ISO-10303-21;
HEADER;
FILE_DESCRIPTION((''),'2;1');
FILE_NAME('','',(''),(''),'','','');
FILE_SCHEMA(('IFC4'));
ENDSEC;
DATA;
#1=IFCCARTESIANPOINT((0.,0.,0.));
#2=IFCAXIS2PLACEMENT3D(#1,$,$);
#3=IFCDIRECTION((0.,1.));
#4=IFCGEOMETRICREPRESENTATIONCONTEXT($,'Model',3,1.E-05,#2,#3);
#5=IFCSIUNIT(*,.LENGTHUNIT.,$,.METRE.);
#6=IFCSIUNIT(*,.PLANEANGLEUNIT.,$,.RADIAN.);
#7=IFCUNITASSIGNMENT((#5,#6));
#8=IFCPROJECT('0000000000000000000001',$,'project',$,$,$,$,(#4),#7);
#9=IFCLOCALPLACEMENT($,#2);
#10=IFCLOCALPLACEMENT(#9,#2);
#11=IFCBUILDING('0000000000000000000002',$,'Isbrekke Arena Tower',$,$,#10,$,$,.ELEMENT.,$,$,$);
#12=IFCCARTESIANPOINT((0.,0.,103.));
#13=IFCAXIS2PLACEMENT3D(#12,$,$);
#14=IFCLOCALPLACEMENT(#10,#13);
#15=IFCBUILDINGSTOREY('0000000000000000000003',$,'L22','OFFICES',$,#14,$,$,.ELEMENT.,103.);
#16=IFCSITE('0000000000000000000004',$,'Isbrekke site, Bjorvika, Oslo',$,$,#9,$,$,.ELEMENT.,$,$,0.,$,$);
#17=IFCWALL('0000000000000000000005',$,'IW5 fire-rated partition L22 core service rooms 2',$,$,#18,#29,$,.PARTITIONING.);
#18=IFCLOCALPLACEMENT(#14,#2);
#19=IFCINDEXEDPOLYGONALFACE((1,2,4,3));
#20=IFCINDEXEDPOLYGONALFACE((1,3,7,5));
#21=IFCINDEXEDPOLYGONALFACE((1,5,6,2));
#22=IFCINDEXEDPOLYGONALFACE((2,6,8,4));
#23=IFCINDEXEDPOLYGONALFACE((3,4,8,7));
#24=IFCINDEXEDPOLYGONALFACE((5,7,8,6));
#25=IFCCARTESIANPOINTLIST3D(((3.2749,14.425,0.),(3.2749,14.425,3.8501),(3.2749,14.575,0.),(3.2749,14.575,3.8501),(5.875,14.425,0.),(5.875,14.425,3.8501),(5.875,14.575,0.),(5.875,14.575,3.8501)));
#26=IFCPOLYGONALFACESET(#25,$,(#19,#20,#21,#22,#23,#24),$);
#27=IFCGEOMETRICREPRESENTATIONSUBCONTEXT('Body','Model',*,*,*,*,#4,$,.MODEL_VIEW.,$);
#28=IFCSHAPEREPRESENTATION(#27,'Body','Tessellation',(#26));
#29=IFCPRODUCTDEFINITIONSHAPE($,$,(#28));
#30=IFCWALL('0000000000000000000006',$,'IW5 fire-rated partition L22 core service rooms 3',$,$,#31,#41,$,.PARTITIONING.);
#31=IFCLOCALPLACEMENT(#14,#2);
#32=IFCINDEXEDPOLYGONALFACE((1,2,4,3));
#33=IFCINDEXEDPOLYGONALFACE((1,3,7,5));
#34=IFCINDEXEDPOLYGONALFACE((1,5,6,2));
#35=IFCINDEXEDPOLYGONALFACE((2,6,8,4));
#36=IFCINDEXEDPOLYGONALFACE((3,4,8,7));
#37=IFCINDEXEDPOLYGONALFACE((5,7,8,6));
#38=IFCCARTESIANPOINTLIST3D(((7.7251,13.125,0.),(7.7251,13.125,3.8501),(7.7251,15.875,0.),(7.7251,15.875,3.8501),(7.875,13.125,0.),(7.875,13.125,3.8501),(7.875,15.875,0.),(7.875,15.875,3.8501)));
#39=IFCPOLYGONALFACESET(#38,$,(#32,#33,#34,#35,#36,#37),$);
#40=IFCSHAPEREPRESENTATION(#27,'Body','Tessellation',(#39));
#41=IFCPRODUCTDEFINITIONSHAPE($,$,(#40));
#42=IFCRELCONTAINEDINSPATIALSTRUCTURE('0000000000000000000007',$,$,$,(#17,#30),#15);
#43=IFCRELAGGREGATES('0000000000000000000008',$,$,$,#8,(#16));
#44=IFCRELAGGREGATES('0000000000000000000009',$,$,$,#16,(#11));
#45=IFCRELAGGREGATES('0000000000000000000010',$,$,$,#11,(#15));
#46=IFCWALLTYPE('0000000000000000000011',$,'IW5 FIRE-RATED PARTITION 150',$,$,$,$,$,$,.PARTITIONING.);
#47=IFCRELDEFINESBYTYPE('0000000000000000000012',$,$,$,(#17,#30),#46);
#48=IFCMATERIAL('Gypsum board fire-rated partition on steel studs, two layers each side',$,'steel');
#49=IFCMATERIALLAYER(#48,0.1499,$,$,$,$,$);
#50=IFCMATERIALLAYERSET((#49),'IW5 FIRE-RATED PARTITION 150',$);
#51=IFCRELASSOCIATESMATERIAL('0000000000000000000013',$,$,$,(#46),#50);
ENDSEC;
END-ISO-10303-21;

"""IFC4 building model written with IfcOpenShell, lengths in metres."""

from ifc_helpers import new_model, si_unit, direction, frame, frame_2d, origin, place, context, subcontext, project, spatial, rectangle, extrude, material, layer, layer_set, type_object, element, save


model = new_model("IFC4")

# Units and contexts
model_context = context("Model", 3, precision=1e-05, world=origin(), true_north=direction((0.0, 1.0)))
body_context = subcontext(model_context, "Body", "Model", "MODEL_VIEW")
ifc_project = project(units=[si_unit("LENGTHUNIT", "METRE"), si_unit("PLANEANGLEUNIT", "RADIAN")], contexts=[model_context])

# Site, building, storey
site_placement = place(None, origin())
site = spatial("IfcSite", under=ifc_project, at=site_placement, Name="Isbrekke site, Bjorvika, Oslo", CompositionType="ELEMENT", RefElevation=0.0)
building_placement = place(site_placement, origin())
building = spatial("IfcBuilding", under=site, at=building_placement, Name="Isbrekke Arena Tower", CompositionType="ELEMENT")
storey_placement = place(building_placement, frame((0.0, 0.0, 103.0)))
storey = spatial("IfcBuildingStorey", under=building, at=storey_placement, Name="L22", Description="OFFICES", CompositionType="ELEMENT", Elevation=103.0)

# Walls
ifc_material_1 = material(Name="Gypsum board fire-rated partition on steel studs, two layers each side", Category="steel")
ifc_layer_1 = layer(ifc_material_1, 0.1499)
ifc_layer_set_1 = layer_set([ifc_layer_1], Name="IW5 FIRE-RATED PARTITION 150")
wall_type_1 = type_object("IfcWallType", Name="IW5 FIRE-RATED PARTITION 150", PredefinedType="PARTITIONING", material=ifc_layer_set_1)
wall_1_placement = place(storey_placement, frame((3.2749, 14.5, 0.0), z_axis=(0.0, 0.0, 1.0), x_axis=(1.0, 0.0, 0.0)))
element("IfcWall", 1, at=wall_1_placement, inside=storey, type_object=wall_type_1, Name="IW5 fire-rated partition L22 core service rooms 2", PredefinedType="PARTITIONING", context=body_context, shape_type="SweptSolid", body=[
    extrude(rectangle(XDim=2.6001, YDim=0.1499, at=frame_2d((1.3, 0.0))), origin(), (0.0, 0.0, 1.0), 3.8501),
])
wall_2_placement = place(storey_placement, frame((7.8, 13.125, 0.0), z_axis=(0.0, 0.0, 1.0), x_axis=(0.0, 1.0, 0.0)))
element("IfcWall", 2, at=wall_2_placement, inside=storey, type_object=wall_type_1, Name="IW5 fire-rated partition L22 core service rooms 3", PredefinedType="PARTITIONING", context=body_context, shape_type="SweptSolid", body=[
    extrude(rectangle(XDim=2.75, YDim=0.1499, at=frame_2d((1.375, 0.0))), origin(), (0.0, 0.0, 1.0), 3.8501),
])

save(model, "model.ifc")
